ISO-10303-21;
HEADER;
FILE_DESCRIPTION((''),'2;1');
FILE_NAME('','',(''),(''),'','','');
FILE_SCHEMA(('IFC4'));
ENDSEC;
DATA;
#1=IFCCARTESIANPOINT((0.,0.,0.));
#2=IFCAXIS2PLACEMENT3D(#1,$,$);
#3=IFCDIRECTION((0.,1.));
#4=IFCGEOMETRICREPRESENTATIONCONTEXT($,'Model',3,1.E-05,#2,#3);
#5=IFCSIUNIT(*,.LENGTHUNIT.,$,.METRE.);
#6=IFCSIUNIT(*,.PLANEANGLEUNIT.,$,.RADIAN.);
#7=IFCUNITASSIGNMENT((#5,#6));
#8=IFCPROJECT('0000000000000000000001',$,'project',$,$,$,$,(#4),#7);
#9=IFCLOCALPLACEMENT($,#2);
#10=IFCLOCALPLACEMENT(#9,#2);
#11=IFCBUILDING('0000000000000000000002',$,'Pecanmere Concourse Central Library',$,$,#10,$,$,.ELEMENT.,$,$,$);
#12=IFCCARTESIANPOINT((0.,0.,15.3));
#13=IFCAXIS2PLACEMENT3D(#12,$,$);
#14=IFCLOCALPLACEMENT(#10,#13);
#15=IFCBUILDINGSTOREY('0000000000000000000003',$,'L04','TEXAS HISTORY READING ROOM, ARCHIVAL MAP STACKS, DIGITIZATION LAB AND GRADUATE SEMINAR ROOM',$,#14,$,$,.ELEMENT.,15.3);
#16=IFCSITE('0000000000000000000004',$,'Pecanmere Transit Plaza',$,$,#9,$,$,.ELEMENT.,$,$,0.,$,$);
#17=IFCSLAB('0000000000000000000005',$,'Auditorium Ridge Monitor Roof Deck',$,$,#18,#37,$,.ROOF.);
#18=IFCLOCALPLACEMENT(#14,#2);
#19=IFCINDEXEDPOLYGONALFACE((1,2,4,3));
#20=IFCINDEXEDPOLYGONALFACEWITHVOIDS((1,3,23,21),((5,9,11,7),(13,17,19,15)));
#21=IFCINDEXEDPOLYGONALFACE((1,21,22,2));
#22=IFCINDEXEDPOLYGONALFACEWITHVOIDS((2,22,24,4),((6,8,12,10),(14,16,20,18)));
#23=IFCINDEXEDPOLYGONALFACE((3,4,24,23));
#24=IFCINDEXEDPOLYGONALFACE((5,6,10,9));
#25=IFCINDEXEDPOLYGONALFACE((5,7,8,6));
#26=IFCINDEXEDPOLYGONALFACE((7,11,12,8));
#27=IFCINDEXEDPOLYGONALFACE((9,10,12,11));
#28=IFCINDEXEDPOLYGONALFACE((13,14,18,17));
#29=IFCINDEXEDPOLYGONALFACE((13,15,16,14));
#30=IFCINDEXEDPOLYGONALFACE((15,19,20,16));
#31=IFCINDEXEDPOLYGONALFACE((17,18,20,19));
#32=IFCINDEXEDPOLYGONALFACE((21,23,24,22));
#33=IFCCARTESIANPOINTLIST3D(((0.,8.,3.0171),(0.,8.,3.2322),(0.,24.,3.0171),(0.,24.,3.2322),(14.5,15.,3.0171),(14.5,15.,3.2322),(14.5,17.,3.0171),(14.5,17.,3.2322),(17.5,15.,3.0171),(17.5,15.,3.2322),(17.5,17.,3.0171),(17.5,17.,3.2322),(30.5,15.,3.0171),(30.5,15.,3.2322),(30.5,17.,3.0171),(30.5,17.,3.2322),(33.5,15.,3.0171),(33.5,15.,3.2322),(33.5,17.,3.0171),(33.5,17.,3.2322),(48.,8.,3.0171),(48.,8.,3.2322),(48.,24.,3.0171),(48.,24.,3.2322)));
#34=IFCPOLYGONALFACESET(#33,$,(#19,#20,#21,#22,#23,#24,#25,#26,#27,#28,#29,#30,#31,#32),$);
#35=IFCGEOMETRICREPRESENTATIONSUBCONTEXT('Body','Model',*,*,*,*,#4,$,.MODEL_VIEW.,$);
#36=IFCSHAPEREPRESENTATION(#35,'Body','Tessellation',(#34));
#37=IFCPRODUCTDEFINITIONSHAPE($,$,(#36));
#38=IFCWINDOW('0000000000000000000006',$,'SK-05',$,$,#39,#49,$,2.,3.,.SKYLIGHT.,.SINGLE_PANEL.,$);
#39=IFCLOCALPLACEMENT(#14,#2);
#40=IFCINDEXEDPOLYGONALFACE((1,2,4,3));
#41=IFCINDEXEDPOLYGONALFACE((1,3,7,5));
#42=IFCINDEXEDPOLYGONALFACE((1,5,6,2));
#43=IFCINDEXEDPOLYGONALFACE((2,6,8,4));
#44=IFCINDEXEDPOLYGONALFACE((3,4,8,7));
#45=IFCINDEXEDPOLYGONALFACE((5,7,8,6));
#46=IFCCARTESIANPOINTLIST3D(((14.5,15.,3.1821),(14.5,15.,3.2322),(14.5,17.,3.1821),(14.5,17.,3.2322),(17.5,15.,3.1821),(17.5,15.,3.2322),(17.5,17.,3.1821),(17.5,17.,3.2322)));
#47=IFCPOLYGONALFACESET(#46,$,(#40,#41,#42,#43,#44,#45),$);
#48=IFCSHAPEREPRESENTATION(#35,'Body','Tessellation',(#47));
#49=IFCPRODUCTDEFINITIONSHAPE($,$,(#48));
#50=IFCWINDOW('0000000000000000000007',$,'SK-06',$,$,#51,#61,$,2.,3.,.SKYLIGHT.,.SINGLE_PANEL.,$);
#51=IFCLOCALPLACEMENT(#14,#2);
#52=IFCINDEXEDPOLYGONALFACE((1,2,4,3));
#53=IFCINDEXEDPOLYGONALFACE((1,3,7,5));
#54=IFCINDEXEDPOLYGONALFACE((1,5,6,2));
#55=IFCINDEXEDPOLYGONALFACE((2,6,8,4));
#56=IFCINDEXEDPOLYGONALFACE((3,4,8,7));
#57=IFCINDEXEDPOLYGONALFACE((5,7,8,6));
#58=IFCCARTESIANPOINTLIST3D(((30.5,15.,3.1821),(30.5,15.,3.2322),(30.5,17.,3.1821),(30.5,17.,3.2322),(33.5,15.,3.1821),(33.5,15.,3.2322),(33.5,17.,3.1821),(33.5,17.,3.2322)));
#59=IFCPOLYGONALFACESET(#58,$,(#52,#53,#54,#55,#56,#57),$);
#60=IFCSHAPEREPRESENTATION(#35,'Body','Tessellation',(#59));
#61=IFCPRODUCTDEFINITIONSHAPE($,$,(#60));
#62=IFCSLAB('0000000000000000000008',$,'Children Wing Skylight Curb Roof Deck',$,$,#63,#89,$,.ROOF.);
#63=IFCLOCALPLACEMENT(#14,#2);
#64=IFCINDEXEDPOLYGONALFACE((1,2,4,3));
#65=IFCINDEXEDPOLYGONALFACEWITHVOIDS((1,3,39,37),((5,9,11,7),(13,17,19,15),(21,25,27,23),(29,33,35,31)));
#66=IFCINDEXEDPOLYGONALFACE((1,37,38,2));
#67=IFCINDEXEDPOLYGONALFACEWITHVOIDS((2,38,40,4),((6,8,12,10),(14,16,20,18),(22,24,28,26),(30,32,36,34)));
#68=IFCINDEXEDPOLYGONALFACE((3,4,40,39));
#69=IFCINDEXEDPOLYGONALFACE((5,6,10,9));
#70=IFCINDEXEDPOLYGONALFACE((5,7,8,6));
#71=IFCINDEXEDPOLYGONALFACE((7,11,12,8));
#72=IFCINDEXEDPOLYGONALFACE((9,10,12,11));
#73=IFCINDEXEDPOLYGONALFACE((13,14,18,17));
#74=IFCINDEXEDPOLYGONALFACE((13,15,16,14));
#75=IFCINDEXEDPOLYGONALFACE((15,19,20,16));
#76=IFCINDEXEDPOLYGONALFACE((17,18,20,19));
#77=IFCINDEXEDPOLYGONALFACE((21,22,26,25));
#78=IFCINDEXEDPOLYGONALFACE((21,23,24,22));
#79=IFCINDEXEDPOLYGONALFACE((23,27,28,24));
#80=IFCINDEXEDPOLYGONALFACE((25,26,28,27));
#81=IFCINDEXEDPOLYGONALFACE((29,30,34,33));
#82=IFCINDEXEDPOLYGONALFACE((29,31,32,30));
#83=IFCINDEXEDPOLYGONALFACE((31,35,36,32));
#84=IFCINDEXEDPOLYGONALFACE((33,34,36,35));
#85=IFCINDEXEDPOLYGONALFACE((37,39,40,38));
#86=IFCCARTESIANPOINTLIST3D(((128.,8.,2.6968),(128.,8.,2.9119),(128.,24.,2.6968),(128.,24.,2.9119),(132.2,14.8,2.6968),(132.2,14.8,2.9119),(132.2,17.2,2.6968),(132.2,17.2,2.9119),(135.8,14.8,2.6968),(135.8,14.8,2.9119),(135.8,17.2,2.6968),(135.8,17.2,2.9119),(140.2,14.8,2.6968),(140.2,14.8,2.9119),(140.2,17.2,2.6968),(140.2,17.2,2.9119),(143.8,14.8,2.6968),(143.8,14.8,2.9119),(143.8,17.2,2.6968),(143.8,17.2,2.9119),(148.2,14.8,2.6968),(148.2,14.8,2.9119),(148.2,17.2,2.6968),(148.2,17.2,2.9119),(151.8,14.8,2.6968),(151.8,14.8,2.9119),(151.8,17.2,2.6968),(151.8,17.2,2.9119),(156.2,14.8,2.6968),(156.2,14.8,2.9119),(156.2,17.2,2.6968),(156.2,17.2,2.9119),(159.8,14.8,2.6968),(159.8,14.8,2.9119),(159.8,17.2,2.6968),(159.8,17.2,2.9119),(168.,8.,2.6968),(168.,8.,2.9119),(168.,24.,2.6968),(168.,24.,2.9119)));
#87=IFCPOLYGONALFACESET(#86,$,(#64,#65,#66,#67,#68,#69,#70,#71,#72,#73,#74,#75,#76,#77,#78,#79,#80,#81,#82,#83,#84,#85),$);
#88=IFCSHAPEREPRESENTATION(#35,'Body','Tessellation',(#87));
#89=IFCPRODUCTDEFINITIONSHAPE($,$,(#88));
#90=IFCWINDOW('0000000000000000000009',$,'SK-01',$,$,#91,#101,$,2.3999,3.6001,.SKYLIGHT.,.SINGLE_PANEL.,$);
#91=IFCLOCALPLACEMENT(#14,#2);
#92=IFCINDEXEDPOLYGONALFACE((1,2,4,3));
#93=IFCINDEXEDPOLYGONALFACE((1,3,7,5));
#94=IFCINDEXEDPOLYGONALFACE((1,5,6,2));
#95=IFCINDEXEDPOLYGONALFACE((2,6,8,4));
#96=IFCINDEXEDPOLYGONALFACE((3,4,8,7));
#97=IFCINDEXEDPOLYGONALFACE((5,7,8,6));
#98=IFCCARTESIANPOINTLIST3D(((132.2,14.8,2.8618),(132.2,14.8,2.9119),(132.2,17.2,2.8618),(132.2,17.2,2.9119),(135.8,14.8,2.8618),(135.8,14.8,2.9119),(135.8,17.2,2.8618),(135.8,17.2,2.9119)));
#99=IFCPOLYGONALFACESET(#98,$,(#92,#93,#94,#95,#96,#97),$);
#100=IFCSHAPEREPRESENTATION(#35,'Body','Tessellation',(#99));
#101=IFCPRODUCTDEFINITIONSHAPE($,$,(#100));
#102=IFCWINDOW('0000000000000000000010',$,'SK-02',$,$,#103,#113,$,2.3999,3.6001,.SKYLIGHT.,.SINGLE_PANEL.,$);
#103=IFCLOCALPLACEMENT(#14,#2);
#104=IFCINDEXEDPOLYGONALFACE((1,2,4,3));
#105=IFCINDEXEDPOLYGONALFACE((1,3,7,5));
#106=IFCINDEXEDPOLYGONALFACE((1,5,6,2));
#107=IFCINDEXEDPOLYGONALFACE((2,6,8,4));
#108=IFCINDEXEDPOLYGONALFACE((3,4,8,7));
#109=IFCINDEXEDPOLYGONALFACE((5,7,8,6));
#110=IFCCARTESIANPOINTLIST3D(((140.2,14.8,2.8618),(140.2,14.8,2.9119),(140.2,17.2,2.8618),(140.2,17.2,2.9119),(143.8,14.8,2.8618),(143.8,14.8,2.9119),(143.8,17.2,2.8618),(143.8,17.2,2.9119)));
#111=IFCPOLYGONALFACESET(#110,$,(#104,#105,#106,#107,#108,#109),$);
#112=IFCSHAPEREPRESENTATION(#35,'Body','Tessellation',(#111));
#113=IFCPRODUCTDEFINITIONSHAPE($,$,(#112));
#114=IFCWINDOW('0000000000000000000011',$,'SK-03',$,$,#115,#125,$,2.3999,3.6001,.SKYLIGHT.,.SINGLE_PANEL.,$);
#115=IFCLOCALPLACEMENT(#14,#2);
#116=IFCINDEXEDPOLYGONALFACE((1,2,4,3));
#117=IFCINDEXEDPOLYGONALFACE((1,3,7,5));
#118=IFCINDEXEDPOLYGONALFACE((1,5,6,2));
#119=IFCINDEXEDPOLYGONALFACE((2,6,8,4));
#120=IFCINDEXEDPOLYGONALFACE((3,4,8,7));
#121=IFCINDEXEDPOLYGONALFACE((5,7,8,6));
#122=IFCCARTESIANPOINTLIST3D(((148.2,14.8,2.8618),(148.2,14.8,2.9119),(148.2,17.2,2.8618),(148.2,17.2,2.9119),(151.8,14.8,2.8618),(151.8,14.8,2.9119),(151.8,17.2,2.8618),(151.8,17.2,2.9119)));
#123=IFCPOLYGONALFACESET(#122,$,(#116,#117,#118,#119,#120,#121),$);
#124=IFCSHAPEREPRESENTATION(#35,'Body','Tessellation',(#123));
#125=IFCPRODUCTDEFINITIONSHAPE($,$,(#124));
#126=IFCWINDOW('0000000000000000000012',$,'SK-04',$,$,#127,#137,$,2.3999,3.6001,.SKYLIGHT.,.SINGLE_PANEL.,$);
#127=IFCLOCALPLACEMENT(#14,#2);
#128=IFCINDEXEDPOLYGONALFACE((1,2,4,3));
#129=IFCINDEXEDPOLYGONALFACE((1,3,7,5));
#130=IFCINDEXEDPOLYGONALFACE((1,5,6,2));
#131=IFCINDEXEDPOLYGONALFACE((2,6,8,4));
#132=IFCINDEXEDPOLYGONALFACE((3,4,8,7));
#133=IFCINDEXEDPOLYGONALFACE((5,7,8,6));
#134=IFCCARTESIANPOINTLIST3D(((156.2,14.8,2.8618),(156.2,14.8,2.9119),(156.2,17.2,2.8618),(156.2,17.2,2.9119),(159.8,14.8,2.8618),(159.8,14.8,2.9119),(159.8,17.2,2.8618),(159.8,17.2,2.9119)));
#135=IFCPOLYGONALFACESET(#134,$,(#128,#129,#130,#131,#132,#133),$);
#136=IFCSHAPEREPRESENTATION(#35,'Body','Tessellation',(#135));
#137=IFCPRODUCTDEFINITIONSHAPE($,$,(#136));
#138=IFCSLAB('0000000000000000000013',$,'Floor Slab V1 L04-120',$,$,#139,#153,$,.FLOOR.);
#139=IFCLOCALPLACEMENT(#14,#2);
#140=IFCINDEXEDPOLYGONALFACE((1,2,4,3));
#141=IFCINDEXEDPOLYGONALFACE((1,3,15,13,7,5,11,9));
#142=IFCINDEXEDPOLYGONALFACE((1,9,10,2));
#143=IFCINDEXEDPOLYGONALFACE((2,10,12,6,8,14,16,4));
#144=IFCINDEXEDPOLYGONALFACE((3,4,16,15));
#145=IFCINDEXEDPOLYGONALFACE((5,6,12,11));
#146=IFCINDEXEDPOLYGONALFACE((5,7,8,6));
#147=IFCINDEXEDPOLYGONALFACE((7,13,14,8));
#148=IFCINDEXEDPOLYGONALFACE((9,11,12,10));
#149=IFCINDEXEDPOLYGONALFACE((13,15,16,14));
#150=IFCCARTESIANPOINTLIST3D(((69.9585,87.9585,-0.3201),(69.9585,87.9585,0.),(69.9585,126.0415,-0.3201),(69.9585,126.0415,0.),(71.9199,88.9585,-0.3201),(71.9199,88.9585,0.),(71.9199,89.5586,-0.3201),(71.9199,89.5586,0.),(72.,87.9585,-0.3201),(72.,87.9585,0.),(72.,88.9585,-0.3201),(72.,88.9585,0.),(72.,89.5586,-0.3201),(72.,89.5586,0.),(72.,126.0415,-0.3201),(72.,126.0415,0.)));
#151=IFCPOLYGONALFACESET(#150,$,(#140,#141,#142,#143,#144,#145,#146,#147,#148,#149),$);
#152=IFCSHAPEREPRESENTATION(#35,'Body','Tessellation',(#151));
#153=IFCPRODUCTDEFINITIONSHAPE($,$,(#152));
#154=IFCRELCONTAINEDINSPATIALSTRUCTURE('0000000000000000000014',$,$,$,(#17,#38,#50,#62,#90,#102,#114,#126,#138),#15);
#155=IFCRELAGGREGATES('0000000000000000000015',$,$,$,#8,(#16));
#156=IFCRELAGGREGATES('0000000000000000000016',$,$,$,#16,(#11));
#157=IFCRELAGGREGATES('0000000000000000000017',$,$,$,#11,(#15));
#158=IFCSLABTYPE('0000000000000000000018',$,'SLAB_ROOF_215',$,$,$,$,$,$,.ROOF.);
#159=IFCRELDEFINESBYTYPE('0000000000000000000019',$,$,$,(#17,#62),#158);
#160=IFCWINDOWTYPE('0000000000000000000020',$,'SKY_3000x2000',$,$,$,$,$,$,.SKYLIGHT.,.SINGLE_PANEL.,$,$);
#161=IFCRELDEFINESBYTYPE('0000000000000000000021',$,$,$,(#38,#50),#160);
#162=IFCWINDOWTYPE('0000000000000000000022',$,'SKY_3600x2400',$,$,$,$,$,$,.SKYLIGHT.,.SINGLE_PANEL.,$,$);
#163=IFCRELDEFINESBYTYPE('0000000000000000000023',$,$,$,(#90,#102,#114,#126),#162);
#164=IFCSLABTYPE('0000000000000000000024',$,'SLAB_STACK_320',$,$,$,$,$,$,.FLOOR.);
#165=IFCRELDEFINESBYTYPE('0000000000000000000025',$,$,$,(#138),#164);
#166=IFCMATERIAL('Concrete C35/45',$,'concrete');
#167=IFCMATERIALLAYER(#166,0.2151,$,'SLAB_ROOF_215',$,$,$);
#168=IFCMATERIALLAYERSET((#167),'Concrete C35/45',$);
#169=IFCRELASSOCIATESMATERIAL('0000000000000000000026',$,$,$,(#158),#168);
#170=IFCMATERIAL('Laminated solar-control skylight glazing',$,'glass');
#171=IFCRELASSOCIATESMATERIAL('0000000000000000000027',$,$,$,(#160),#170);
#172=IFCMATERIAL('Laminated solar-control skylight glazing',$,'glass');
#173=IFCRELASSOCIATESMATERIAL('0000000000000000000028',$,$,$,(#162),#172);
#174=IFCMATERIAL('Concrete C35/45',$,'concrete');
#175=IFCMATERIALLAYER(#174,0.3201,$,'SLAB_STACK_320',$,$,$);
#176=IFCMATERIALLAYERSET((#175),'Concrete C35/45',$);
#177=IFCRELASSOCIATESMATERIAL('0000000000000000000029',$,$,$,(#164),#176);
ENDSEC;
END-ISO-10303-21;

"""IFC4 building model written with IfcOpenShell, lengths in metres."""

from ifc_helpers import new_model, si_unit, direction, frame, origin, origin_2d, place, context, subcontext, project, spatial, polyline, rectangle, outline, extrude, material, layer, layer_set, type_object, element, fill, save


model = new_model("IFC4")

# Units and contexts
model_context = context("Model", 3, precision=1e-05, world=origin(), true_north=direction((0.0, 1.0)))
body_context = subcontext(model_context, "Body", "Model", "MODEL_VIEW")
ifc_project = project(units=[si_unit("LENGTHUNIT", "METRE"), si_unit("PLANEANGLEUNIT", "RADIAN")], contexts=[model_context])

# Site, building, storey
site_placement = place(None, origin())
site = spatial("IfcSite", under=ifc_project, at=site_placement, Name="Pecanmere Transit Plaza", CompositionType="ELEMENT", RefElevation=0.0)
building_placement = place(site_placement, origin())
building = spatial("IfcBuilding", under=site, at=building_placement, Name="Pecanmere Concourse Central Library", CompositionType="ELEMENT")
storey_placement = place(building_placement, frame((0.0, 0.0, 15.3)))
storey = spatial("IfcBuildingStorey", under=building, at=storey_placement, Name="L04", Description="TEXAS HISTORY READING ROOM, ARCHIVAL MAP STACKS, DIGITIZATION LAB AND GRADUATE SEMINAR ROOM", CompositionType="ELEMENT", Elevation=15.3)

# Shared definitions
ifc_material_1 = material(Name="Concrete C35/45", Category="concrete")
ifc_layer_1 = layer(ifc_material_1, 0.2151, Name="SLAB_ROOF_215")
ifc_layer_set_1 = layer_set([ifc_layer_1], Name="Concrete C35/45")
slab_type_1 = type_object("IfcSlabType", Name="SLAB_ROOF_215", PredefinedType="ROOF", material=ifc_layer_set_1)

# Slabs, openings, windows
slab_1_placement = place(storey_placement, frame((0.0, 0.0, 3.0171)))
slab_1 = element("IfcSlab", 1, at=slab_1_placement, inside=storey, type_object=slab_type_1, Name="Auditorium Ridge Monitor Roof Deck", PredefinedType="ROOF", context=body_context, shape_type="SweptSolid", body=[
    extrude(outline(polyline([(0.0, 8.0), (48.0, 8.0), (48.0, 24.0), (0.0, 24.0), (0.0, 8.0)])), origin(), (0.0, 0.0, 1.0), 0.2151),
])
opening_1_placement = place(slab_1_placement, frame((16.0, 16.0, 0.0)))
opening_1 = element("IfcOpeningElement", 2, at=opening_1_placement, cuts=slab_1, PredefinedType="OPENING", context=body_context, shape_type="SweptSolid", body=[
    extrude(rectangle(XDim=3.0, YDim=2.0, at=origin_2d()), origin(), (0.0, 0.0, 1.0), 0.2151),
])
opening_2_placement = place(slab_1_placement, frame((32.0, 16.0, 0.0)))
opening_2 = element("IfcOpeningElement", 3, at=opening_2_placement, cuts=slab_1, PredefinedType="OPENING", context=body_context, shape_type="SweptSolid", body=[
    extrude(rectangle(XDim=3.0, YDim=2.0, at=origin_2d()), origin(), (0.0, 0.0, 1.0), 0.2151),
])
ifc_material_2 = material(Name="Laminated solar-control skylight glazing", Category="glass")
window_type_1 = type_object("IfcWindowType", Name="SKY_3000x2000", PartitioningType="SINGLE_PANEL", PredefinedType="SKYLIGHT", material=ifc_material_2)
window_1_placement = place(opening_1_placement, frame((0.0, 0.0, 0.165)))
window_1 = element("IfcWindow", 4, at=window_1_placement, inside=storey, type_object=window_type_1, Name="SK-05", OverallHeight=2.0, OverallWidth=3.0, PartitioningType="SINGLE_PANEL", PredefinedType="SKYLIGHT", context=body_context, shape_type="SweptSolid", body=[
    extrude(rectangle(XDim=3.0, YDim=2.0, at=origin_2d()), origin(), (0.0, 0.0, 1.0), 0.05),
])
fill(opening_1, window_1)
window_2_placement = place(opening_2_placement, frame((0.0, 0.0, 0.165)))
window_2 = element("IfcWindow", 5, at=window_2_placement, inside=storey, type_object=window_type_1, Name="SK-06", OverallHeight=2.0, OverallWidth=3.0, PartitioningType="SINGLE_PANEL", PredefinedType="SKYLIGHT", context=body_context, shape_type="SweptSolid", body=[
    extrude(rectangle(XDim=3.0, YDim=2.0, at=origin_2d()), origin(), (0.0, 0.0, 1.0), 0.05),
])
fill(opening_2, window_2)
slab_2_placement = place(storey_placement, frame((0.0, 0.0, 2.6968)))
slab_2 = element("IfcSlab", 6, at=slab_2_placement, inside=storey, type_object=slab_type_1, Name="Children Wing Skylight Curb Roof Deck", PredefinedType="ROOF", context=body_context, shape_type="SweptSolid", body=[
    extrude(outline(polyline([(128.0, 8.0), (168.0, 8.0), (168.0, 24.0), (128.0, 24.0), (128.0, 8.0)])), origin(), (0.0, 0.0, 1.0), 0.2151),
])
opening_3_placement = place(slab_2_placement, frame((134.0, 16.0, 0.0)))
opening_3 = element("IfcOpeningElement", 7, at=opening_3_placement, cuts=slab_2, PredefinedType="OPENING", context=body_context, shape_type="SweptSolid", body=[
    extrude(rectangle(XDim=3.6001, YDim=2.3999, at=origin_2d()), origin(), (0.0, 0.0, 1.0), 0.2151),
])
opening_4_placement = place(slab_2_placement, frame((142.0, 16.0, 0.0)))
opening_4 = element("IfcOpeningElement", 8, at=opening_4_placement, cuts=slab_2, PredefinedType="OPENING", context=body_context, shape_type="SweptSolid", body=[
    extrude(rectangle(XDim=3.6001, YDim=2.3999, at=origin_2d()), origin(), (0.0, 0.0, 1.0), 0.2151),
])
opening_5_placement = place(slab_2_placement, frame((150.0, 16.0, 0.0)))
opening_5 = element("IfcOpeningElement", 9, at=opening_5_placement, cuts=slab_2, PredefinedType="OPENING", context=body_context, shape_type="SweptSolid", body=[
    extrude(rectangle(XDim=3.6001, YDim=2.3999, at=origin_2d()), origin(), (0.0, 0.0, 1.0), 0.2151),
])
opening_6_placement = place(slab_2_placement, frame((158.0, 16.0, 0.0)))
opening_6 = element("IfcOpeningElement", 10, at=opening_6_placement, cuts=slab_2, PredefinedType="OPENING", context=body_context, shape_type="SweptSolid", body=[
    extrude(rectangle(XDim=3.6001, YDim=2.3999, at=origin_2d()), origin(), (0.0, 0.0, 1.0), 0.2151),
])
ifc_material_3 = material(Name="Laminated solar-control skylight glazing", Category="glass")
window_type_2 = type_object("IfcWindowType", Name="SKY_3600x2400", PartitioningType="SINGLE_PANEL", PredefinedType="SKYLIGHT", material=ifc_material_3)
window_3_placement = place(opening_3_placement, frame((0.0, 0.0, 0.165)))
window_3 = element("IfcWindow", 11, at=window_3_placement, inside=storey, type_object=window_type_2, Name="SK-01", OverallHeight=2.3999, OverallWidth=3.6001, PartitioningType="SINGLE_PANEL", PredefinedType="SKYLIGHT", context=body_context, shape_type="SweptSolid", body=[
    extrude(rectangle(XDim=3.6001, YDim=2.3999, at=origin_2d()), origin(), (0.0, 0.0, 1.0), 0.05),
])
fill(opening_3, window_3)
window_4_placement = place(opening_4_placement, frame((0.0, 0.0, 0.165)))
window_4 = element("IfcWindow", 12, at=window_4_placement, inside=storey, type_object=window_type_2, Name="SK-02", OverallHeight=2.3999, OverallWidth=3.6001, PartitioningType="SINGLE_PANEL", PredefinedType="SKYLIGHT", context=body_context, shape_type="SweptSolid", body=[
    extrude(rectangle(XDim=3.6001, YDim=2.3999, at=origin_2d()), origin(), (0.0, 0.0, 1.0), 0.05),
])
fill(opening_4, window_4)
window_5_placement = place(opening_5_placement, frame((0.0, 0.0, 0.165)))
window_5 = element("IfcWindow", 13, at=window_5_placement, inside=storey, type_object=window_type_2, Name="SK-03", OverallHeight=2.3999, OverallWidth=3.6001, PartitioningType="SINGLE_PANEL", PredefinedType="SKYLIGHT", context=body_context, shape_type="SweptSolid", body=[
    extrude(rectangle(XDim=3.6001, YDim=2.3999, at=origin_2d()), origin(), (0.0, 0.0, 1.0), 0.05),
])
fill(opening_5, window_5)
window_6_placement = place(opening_6_placement, frame((0.0, 0.0, 0.165)))
window_6 = element("IfcWindow", 14, at=window_6_placement, inside=storey, type_object=window_type_2, Name="SK-04", OverallHeight=2.3999, OverallWidth=3.6001, PartitioningType="SINGLE_PANEL", PredefinedType="SKYLIGHT", context=body_context, shape_type="SweptSolid", body=[
    extrude(rectangle(XDim=3.6001, YDim=2.3999, at=origin_2d()), origin(), (0.0, 0.0, 1.0), 0.05),
])
fill(opening_6, window_6)

# Slab
ifc_material_4 = material(Name="Concrete C35/45", Category="concrete")
ifc_layer_2 = layer(ifc_material_4, 0.3201, Name="SLAB_STACK_320")
ifc_layer_set_2 = layer_set([ifc_layer_2], Name="Concrete C35/45")
slab_type_2 = type_object("IfcSlabType", Name="SLAB_STACK_320", PredefinedType="FLOOR", material=ifc_layer_set_2)
slab_3_placement = place(storey_placement, frame((0.0, 0.0, -0.3201)))
element("IfcSlab", 15, at=slab_3_placement, inside=storey, type_object=slab_type_2, Name="Floor Slab V1 L04-120", PredefinedType="FLOOR", context=body_context, shape_type="SweptSolid", body=[
    extrude(outline(polyline([(72.0, 89.5586), (71.9199, 89.5586), (71.9199, 88.9585), (72.0, 88.9585), (72.0, 87.9585), (69.9585, 87.9585), (69.9585, 126.0415), (72.0, 126.0415), (72.0, 89.5586)])), origin(), (0.0, 0.0, 1.0), 0.3201),
])

save(model, "model.ifc")
